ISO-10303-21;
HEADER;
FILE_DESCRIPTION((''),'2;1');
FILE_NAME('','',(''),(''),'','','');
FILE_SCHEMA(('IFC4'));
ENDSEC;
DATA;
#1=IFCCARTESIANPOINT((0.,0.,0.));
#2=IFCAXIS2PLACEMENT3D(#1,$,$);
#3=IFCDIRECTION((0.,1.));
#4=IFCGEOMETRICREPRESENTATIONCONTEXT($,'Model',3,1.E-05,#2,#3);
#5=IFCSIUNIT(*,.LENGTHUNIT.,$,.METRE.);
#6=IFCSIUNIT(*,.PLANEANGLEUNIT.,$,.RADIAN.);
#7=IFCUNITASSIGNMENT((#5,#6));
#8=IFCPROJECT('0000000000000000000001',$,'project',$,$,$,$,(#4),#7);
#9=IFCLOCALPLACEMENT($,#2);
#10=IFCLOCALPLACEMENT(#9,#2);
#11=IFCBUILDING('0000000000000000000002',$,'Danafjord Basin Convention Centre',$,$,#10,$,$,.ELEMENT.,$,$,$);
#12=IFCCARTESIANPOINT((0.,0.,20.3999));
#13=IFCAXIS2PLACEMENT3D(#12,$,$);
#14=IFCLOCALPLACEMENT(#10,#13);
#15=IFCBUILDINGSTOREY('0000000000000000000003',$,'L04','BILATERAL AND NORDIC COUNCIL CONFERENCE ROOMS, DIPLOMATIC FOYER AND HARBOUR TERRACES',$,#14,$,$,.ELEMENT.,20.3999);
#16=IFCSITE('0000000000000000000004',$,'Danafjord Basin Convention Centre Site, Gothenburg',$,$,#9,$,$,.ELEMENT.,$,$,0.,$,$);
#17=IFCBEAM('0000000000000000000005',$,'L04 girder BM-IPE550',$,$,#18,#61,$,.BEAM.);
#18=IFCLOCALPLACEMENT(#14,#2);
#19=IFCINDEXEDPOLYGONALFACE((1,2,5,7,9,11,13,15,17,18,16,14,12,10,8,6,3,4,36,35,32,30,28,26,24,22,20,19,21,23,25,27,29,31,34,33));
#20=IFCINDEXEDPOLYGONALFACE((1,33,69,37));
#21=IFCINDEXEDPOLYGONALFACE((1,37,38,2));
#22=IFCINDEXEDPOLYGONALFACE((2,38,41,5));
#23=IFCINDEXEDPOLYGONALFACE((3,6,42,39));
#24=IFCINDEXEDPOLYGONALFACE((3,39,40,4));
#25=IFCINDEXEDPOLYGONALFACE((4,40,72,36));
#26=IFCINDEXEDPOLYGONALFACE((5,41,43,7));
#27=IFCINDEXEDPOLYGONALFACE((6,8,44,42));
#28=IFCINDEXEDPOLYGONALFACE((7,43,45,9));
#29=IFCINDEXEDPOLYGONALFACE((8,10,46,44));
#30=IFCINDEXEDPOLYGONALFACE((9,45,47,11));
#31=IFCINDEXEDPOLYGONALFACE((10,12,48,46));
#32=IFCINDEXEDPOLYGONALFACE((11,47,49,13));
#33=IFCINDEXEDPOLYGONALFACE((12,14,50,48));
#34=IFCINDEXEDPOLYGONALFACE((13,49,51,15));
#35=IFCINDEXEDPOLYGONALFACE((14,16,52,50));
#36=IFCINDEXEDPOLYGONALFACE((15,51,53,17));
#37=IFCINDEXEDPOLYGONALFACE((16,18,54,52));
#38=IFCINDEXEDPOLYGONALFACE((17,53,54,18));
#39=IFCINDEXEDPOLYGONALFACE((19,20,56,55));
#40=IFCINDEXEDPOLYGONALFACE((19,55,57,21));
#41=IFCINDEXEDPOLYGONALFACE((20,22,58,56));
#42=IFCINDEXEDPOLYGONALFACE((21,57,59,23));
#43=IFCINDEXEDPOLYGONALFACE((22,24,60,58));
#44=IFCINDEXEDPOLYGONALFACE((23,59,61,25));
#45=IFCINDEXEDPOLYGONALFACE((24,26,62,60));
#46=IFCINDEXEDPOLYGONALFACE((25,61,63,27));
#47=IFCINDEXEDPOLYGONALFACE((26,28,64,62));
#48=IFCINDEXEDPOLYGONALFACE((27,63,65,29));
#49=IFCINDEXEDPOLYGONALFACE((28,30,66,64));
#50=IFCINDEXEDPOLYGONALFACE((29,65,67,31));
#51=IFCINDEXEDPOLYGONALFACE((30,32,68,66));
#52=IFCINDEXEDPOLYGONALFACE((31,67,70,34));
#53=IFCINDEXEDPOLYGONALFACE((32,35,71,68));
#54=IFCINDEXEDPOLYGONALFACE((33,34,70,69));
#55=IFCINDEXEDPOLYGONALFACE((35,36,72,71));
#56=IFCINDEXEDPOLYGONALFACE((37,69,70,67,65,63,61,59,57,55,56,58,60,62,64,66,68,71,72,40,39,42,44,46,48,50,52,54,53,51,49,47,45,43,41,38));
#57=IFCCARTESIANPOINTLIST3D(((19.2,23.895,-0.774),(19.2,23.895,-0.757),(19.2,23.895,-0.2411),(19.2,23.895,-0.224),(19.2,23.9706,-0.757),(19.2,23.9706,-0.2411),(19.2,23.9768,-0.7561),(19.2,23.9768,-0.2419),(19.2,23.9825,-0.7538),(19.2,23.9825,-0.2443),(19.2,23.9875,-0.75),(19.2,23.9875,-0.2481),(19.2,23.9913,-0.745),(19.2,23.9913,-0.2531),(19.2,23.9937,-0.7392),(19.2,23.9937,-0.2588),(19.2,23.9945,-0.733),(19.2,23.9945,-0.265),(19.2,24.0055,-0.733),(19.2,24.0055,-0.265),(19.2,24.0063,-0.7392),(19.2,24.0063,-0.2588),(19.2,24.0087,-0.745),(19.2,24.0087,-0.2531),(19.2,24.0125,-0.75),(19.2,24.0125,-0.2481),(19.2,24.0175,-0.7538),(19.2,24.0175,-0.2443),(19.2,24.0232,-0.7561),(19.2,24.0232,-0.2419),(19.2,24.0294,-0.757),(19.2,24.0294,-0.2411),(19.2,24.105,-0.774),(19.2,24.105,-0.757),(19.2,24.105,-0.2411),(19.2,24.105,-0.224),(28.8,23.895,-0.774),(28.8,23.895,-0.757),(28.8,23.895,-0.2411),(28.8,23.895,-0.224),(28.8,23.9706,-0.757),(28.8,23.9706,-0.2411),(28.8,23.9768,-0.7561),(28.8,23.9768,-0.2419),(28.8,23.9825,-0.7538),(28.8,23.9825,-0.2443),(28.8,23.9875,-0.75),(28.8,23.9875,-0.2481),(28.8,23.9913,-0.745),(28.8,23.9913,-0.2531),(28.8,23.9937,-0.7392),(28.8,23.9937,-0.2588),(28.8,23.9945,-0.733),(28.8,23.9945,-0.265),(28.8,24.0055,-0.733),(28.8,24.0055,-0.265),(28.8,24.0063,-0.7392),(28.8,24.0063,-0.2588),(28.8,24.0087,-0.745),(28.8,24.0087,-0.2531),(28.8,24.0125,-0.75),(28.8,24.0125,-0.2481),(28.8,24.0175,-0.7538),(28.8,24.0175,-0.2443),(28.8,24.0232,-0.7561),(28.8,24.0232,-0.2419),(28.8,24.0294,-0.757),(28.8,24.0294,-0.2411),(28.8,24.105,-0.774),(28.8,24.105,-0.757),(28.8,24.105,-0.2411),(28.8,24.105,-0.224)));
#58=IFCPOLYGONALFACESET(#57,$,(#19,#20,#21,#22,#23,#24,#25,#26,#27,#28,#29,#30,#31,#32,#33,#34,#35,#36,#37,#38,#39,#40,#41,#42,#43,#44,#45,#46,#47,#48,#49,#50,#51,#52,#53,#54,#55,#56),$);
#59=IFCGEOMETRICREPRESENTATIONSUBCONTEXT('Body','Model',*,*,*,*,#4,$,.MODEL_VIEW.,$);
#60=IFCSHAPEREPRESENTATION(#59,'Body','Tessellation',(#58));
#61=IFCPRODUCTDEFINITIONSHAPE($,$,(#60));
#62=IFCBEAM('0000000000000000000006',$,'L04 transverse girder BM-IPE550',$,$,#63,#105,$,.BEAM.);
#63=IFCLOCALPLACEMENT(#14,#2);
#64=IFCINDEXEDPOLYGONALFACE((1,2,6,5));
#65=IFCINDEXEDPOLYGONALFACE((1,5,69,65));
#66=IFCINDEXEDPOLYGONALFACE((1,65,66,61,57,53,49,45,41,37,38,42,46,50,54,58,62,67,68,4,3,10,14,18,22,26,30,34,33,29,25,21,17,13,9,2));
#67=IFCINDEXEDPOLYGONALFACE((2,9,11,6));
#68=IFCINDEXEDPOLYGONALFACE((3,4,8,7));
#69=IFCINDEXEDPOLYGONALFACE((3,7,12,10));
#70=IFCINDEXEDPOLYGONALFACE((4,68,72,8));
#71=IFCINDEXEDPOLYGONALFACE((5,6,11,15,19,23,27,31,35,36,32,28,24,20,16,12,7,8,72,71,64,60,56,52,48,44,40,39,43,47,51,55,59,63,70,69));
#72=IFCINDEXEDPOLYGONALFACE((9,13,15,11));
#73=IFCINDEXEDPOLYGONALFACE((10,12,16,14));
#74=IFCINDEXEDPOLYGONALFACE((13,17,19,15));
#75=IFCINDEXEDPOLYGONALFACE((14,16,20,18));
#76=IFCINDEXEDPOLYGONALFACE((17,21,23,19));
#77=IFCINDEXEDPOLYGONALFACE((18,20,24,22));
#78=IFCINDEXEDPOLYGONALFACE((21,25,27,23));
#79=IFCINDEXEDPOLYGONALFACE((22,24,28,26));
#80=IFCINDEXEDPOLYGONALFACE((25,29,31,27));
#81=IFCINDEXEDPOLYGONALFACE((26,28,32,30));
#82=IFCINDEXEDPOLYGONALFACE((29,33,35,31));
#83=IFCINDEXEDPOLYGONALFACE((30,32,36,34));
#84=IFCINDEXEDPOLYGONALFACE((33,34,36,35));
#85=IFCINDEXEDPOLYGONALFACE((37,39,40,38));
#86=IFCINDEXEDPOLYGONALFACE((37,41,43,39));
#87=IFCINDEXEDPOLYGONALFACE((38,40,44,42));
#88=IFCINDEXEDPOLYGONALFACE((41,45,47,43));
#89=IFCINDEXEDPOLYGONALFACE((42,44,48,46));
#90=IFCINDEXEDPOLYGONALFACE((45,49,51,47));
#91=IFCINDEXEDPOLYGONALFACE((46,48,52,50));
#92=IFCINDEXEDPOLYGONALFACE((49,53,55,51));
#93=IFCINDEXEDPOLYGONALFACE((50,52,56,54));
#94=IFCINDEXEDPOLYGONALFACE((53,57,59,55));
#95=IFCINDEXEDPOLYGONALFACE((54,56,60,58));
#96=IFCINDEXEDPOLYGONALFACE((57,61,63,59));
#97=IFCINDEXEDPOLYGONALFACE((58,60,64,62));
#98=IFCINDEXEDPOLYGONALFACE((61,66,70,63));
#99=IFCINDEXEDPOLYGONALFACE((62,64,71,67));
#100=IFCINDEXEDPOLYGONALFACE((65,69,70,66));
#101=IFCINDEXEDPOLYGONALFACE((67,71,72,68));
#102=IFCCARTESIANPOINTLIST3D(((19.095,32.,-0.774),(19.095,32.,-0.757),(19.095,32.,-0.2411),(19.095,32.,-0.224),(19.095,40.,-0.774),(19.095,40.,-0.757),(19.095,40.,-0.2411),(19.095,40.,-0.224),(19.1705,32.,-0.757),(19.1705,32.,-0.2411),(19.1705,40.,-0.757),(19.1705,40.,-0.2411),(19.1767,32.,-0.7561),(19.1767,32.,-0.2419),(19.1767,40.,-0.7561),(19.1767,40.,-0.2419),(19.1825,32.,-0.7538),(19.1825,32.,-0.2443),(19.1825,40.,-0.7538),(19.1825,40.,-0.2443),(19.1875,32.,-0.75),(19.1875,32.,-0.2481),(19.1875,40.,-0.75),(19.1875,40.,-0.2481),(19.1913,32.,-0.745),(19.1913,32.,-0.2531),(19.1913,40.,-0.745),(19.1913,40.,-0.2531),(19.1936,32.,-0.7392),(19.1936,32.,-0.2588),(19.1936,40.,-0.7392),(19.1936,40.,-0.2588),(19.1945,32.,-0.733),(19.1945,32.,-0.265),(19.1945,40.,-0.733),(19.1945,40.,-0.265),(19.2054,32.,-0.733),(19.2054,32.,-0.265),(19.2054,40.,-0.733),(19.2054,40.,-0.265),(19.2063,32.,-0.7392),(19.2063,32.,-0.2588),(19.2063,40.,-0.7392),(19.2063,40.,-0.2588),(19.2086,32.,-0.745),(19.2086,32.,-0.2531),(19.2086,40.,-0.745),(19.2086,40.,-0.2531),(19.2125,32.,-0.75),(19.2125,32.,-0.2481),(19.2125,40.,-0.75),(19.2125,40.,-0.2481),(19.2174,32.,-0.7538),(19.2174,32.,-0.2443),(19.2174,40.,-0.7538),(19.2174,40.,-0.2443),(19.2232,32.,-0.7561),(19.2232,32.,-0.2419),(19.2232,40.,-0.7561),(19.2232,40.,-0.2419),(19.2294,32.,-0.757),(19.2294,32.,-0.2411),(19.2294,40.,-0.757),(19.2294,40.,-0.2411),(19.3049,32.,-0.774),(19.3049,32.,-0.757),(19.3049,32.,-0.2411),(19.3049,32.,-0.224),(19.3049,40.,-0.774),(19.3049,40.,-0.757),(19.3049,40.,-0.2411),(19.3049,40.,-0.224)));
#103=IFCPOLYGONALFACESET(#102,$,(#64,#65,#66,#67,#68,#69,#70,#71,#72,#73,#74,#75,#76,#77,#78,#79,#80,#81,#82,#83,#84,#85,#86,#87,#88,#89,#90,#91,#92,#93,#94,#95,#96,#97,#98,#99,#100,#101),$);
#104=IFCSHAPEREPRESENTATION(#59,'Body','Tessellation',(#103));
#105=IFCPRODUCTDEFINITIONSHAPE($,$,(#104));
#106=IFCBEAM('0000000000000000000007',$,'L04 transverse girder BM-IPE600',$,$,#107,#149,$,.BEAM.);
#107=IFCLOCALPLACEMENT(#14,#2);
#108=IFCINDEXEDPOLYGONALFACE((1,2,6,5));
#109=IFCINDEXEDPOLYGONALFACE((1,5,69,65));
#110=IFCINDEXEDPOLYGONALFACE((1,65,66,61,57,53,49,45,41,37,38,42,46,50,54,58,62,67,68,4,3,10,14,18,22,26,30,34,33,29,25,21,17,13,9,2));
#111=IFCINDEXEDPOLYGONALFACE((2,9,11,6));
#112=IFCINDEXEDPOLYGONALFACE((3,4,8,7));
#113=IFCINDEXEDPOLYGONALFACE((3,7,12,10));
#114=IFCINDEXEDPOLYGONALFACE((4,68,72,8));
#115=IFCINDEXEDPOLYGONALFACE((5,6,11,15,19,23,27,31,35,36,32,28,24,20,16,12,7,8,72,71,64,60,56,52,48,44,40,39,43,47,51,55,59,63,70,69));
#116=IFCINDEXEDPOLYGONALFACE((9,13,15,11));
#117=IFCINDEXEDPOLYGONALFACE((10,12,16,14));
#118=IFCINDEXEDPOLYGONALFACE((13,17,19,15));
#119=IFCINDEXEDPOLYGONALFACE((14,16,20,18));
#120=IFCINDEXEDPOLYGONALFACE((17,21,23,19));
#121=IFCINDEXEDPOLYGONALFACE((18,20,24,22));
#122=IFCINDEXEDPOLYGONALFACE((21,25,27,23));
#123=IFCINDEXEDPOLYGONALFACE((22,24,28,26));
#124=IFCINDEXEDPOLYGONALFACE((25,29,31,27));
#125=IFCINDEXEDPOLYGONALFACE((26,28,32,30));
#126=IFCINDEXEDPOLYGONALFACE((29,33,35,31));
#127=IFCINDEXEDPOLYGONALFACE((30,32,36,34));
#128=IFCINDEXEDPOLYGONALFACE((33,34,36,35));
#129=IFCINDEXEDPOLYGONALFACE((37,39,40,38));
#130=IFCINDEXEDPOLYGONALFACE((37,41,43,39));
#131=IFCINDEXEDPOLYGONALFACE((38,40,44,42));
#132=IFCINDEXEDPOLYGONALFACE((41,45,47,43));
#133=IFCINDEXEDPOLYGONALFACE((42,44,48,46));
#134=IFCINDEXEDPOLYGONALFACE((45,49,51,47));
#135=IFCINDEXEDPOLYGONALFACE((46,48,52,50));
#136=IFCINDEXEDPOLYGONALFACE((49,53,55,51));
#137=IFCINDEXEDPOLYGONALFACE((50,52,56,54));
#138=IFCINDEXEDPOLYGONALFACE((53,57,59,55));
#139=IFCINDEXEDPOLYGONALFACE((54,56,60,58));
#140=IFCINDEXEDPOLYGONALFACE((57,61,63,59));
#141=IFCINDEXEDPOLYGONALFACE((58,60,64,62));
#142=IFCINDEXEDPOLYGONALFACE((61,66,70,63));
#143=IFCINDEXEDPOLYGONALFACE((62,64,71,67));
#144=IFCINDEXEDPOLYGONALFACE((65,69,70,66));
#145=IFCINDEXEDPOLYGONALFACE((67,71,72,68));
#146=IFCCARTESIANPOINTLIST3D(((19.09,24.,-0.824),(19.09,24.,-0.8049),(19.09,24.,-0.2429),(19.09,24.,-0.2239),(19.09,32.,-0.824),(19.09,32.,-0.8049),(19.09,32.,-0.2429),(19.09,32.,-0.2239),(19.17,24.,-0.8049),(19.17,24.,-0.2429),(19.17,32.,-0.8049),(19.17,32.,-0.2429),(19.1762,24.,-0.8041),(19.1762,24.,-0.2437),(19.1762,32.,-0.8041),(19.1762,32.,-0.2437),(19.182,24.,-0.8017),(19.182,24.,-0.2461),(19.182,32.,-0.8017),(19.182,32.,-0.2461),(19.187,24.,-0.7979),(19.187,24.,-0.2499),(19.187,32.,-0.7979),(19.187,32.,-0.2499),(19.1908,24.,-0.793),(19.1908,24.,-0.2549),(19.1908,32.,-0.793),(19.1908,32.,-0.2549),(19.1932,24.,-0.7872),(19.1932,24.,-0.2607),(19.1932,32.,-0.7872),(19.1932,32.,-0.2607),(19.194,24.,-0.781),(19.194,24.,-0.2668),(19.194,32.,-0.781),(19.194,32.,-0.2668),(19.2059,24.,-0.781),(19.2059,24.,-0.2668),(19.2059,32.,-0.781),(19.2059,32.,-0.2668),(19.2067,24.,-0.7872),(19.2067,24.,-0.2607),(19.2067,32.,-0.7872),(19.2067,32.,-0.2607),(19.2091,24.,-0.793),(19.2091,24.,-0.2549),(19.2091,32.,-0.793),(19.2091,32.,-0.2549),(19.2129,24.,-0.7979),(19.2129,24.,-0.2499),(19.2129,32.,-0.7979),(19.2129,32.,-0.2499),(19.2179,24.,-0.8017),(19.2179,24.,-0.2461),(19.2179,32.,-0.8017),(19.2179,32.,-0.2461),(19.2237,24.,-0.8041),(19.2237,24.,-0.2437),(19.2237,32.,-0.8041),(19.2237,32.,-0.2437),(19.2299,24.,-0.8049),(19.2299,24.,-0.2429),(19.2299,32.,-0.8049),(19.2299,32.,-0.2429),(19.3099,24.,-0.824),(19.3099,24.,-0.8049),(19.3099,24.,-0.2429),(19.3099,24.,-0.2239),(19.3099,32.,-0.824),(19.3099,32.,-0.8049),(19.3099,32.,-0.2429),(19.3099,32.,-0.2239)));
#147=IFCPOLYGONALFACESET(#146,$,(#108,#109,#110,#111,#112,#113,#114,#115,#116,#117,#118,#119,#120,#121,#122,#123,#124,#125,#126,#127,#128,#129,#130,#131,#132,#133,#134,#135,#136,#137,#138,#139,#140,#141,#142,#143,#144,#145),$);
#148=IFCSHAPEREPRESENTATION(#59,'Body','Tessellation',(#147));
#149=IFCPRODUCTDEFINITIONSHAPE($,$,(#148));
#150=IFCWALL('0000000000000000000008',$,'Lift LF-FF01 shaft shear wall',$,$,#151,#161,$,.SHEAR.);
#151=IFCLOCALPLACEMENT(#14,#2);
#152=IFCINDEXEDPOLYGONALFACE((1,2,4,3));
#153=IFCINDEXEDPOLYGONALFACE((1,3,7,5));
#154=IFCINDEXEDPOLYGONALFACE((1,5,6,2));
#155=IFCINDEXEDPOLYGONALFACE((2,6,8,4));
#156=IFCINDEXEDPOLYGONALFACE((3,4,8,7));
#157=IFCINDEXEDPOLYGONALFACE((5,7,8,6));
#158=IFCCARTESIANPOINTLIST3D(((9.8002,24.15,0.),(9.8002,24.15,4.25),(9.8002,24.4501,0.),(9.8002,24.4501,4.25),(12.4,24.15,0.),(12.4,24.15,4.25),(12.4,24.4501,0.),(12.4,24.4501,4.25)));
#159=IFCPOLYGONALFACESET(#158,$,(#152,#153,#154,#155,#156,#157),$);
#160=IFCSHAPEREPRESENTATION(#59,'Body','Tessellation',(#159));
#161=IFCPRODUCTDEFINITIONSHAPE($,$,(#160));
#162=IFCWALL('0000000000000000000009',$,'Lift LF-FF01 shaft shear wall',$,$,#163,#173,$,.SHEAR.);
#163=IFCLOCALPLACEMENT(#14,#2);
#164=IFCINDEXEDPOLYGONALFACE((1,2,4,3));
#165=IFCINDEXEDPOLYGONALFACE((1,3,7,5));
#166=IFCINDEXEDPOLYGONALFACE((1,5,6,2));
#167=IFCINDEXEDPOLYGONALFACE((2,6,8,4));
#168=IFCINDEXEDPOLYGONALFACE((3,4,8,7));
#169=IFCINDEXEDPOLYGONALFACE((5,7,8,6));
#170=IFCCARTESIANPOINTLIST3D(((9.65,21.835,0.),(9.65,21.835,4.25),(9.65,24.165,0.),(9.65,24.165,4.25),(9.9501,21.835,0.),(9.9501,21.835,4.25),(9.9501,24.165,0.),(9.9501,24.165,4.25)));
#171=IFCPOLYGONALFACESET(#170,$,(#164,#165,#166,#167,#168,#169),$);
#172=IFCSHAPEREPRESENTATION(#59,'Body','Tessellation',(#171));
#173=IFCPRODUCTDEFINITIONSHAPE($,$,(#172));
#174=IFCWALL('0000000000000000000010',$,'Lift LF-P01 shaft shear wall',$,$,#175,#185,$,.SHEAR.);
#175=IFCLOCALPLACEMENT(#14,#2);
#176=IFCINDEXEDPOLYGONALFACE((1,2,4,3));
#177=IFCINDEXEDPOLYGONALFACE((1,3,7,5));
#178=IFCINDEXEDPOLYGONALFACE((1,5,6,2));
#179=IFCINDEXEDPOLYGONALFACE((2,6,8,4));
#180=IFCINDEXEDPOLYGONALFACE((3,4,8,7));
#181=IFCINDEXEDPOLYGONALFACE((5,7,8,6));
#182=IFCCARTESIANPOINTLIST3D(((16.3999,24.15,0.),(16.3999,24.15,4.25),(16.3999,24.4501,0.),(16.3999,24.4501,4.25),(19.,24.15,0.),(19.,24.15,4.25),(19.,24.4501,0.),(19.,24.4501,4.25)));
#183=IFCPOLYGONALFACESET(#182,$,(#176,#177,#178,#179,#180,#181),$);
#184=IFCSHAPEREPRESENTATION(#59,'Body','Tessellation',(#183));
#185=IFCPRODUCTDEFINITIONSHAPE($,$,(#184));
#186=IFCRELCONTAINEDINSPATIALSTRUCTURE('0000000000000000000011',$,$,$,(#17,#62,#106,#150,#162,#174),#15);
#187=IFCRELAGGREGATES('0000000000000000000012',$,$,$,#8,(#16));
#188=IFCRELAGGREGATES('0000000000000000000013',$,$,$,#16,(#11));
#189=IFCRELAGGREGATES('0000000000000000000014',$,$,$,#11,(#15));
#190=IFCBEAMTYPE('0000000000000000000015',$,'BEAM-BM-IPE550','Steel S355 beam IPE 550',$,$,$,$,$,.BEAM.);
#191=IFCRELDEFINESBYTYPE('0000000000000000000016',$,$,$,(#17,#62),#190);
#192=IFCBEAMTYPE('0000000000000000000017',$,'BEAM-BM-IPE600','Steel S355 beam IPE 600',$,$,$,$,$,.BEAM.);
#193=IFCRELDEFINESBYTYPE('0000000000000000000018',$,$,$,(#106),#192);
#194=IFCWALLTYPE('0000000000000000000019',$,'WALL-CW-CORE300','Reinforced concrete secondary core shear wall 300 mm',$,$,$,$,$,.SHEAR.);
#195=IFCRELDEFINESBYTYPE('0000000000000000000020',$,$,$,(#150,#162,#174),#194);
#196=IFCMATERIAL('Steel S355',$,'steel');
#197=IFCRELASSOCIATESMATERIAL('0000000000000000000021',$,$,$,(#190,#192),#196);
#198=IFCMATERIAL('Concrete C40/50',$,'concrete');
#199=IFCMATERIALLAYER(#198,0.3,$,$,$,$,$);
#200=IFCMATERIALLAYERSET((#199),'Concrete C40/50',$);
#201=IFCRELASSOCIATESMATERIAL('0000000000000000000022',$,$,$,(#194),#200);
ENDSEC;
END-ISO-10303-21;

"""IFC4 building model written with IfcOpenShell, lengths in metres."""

from ifc_helpers import new_model, si_unit, direction, frame, frame_2d, origin, origin_2d, place, context, subcontext, project, spatial, rectangle, i_section, extrude, material, layer, layer_set, material_profile, profile_set, type_object, element, save


model = new_model("IFC4")

# Units and contexts
model_context = context("Model", 3, precision=1e-05, world=origin(), true_north=direction((0.0, 1.0)))
body_context = subcontext(model_context, "Body", "Model", "MODEL_VIEW")
ifc_project = project(units=[si_unit("LENGTHUNIT", "METRE"), si_unit("PLANEANGLEUNIT", "RADIAN")], contexts=[model_context])

# Site, building, storey
site_placement = place(None, origin())
site = spatial("IfcSite", under=ifc_project, at=site_placement, Name="Danafjord Basin Convention Centre Site, Gothenburg", CompositionType="ELEMENT", RefElevation=0.0)
building_placement = place(site_placement, origin())
building = spatial("IfcBuilding", under=site, at=building_placement, Name="Danafjord Basin Convention Centre", CompositionType="ELEMENT")
storey_placement = place(building_placement, frame((0.0, 0.0, 20.3999)))
storey = spatial("IfcBuildingStorey", under=building, at=storey_placement, Name="L04", Description="BILATERAL AND NORDIC COUNCIL CONFERENCE ROOMS, DIPLOMATIC FOYER AND HARBOUR TERRACES", CompositionType="ELEMENT", Elevation=20.3999)

# Shared definitions
ifc_material_1 = material(Name="Steel S355", Category="steel")

# Beams
ifc_material_profile_1 = material_profile(ifc_material_1, i_section(OverallWidth=0.21, OverallDepth=0.55, WebThickness=0.011, FlangeThickness=0.0171, FilletRadius=0.0239, at=origin_2d()), Name="IPE 550")
ifc_profile_set_1 = profile_set([ifc_material_profile_1], Name="Steel S355")
beam_type_1 = type_object("IfcBeamType", Name="BEAM-BM-IPE550", Description="Steel S355 beam IPE 550", PredefinedType="BEAM", material=ifc_profile_set_1)
beam_1_placement = place(storey_placement, frame((19.2, 24.0, -0.499), z_axis=(1.0, 0.0, 0.0), x_axis=(0.0, 1.0, 0.0)))
element("IfcBeam", 1, at=beam_1_placement, inside=storey, type_object=beam_type_1, Name="L04 girder BM-IPE550", PredefinedType="BEAM", context=body_context, shape_type="SweptSolid", body=[
    extrude(i_section(OverallWidth=0.21, OverallDepth=0.55, WebThickness=0.011, FlangeThickness=0.0171, FilletRadius=0.0239, at=origin_2d()), origin(), (0.0, 0.0, 1.0), 9.6001),
])
beam_2_placement = place(storey_placement, frame((19.2, 32.0, -0.499), z_axis=(0.0, 1.0, 0.0), x_axis=(-1.0, 0.0, 0.0)))
element("IfcBeam", 2, at=beam_2_placement, inside=storey, type_object=beam_type_1, Name="L04 transverse girder BM-IPE550", PredefinedType="BEAM", context=body_context, shape_type="SweptSolid", body=[
    extrude(i_section(OverallWidth=0.21, OverallDepth=0.55, WebThickness=0.011, FlangeThickness=0.0171, FilletRadius=0.0239, at=origin_2d()), origin(), (0.0, 0.0, 1.0), 8.0),
])
ifc_material_profile_2 = material_profile(ifc_material_1, i_section(OverallWidth=0.22, OverallDepth=0.6001, WebThickness=0.012, FlangeThickness=0.019, FilletRadius=0.0239, at=origin_2d()), Name="IPE 600")
ifc_profile_set_2 = profile_set([ifc_material_profile_2], Name="Steel S355")
beam_type_2 = type_object("IfcBeamType", Name="BEAM-BM-IPE600", Description="Steel S355 beam IPE 600", PredefinedType="BEAM", material=ifc_profile_set_2)
beam_3_placement = place(storey_placement, frame((19.2, 24.0, -0.5239), z_axis=(0.0, 1.0, 0.0), x_axis=(-1.0, 0.0, 0.0)))
element("IfcBeam", 3, at=beam_3_placement, inside=storey, type_object=beam_type_2, Name="L04 transverse girder BM-IPE600", PredefinedType="BEAM", context=body_context, shape_type="SweptSolid", body=[
    extrude(i_section(OverallWidth=0.22, OverallDepth=0.6001, WebThickness=0.012, FlangeThickness=0.019, FilletRadius=0.0239, at=origin_2d()), origin(), (0.0, 0.0, 1.0), 8.0),
])

# Walls
ifc_material_2 = material(Name="Concrete C40/50", Category="concrete")
ifc_layer_1 = layer(ifc_material_2, 0.3)
ifc_layer_set_1 = layer_set([ifc_layer_1], Name="Concrete C40/50")
wall_type_1 = type_object("IfcWallType", Name="WALL-CW-CORE300", Description="Reinforced concrete secondary core shear wall 300 mm", PredefinedType="SHEAR", material=ifc_layer_set_1)
wall_1_placement = place(storey_placement, frame((12.3999, 24.3, 0.0), z_axis=(0.0, 0.0, 1.0), x_axis=(-1.0, 0.0, 0.0)))
element("IfcWall", 4, at=wall_1_placement, inside=storey, type_object=wall_type_1, Name="Lift LF-FF01 shaft shear wall", PredefinedType="SHEAR", context=body_context, shape_type="SweptSolid", body=[
    extrude(rectangle(XDim=2.5999, YDim=0.3, at=frame_2d((1.2998, 0.0))), origin(), (0.0, 0.0, 1.0), 4.25),
])
wall_2_placement = place(storey_placement, frame((9.8, 24.165, 0.0), z_axis=(0.0, 0.0, 1.0), x_axis=(0.0, -1.0, 0.0)))
element("IfcWall", 5, at=wall_2_placement, inside=storey, type_object=wall_type_1, Name="Lift LF-FF01 shaft shear wall", PredefinedType="SHEAR", context=body_context, shape_type="SweptSolid", body=[
    extrude(rectangle(XDim=2.3301, YDim=0.3, at=frame_2d((1.165, 0.0))), origin(), (0.0, 0.0, 1.0), 4.25),
])
wall_3_placement = place(storey_placement, frame((19.0, 24.3, 0.0), z_axis=(0.0, 0.0, 1.0), x_axis=(-1.0, 0.0, 0.0)))
element("IfcWall", 6, at=wall_3_placement, inside=storey, type_object=wall_type_1, Name="Lift LF-P01 shaft shear wall", PredefinedType="SHEAR", context=body_context, shape_type="SweptSolid", body=[
    extrude(rectangle(XDim=2.6001, YDim=0.3, at=frame_2d((1.3, 0.0))), origin(), (0.0, 0.0, 1.0), 4.25),
])

save(model, "model.ifc")
